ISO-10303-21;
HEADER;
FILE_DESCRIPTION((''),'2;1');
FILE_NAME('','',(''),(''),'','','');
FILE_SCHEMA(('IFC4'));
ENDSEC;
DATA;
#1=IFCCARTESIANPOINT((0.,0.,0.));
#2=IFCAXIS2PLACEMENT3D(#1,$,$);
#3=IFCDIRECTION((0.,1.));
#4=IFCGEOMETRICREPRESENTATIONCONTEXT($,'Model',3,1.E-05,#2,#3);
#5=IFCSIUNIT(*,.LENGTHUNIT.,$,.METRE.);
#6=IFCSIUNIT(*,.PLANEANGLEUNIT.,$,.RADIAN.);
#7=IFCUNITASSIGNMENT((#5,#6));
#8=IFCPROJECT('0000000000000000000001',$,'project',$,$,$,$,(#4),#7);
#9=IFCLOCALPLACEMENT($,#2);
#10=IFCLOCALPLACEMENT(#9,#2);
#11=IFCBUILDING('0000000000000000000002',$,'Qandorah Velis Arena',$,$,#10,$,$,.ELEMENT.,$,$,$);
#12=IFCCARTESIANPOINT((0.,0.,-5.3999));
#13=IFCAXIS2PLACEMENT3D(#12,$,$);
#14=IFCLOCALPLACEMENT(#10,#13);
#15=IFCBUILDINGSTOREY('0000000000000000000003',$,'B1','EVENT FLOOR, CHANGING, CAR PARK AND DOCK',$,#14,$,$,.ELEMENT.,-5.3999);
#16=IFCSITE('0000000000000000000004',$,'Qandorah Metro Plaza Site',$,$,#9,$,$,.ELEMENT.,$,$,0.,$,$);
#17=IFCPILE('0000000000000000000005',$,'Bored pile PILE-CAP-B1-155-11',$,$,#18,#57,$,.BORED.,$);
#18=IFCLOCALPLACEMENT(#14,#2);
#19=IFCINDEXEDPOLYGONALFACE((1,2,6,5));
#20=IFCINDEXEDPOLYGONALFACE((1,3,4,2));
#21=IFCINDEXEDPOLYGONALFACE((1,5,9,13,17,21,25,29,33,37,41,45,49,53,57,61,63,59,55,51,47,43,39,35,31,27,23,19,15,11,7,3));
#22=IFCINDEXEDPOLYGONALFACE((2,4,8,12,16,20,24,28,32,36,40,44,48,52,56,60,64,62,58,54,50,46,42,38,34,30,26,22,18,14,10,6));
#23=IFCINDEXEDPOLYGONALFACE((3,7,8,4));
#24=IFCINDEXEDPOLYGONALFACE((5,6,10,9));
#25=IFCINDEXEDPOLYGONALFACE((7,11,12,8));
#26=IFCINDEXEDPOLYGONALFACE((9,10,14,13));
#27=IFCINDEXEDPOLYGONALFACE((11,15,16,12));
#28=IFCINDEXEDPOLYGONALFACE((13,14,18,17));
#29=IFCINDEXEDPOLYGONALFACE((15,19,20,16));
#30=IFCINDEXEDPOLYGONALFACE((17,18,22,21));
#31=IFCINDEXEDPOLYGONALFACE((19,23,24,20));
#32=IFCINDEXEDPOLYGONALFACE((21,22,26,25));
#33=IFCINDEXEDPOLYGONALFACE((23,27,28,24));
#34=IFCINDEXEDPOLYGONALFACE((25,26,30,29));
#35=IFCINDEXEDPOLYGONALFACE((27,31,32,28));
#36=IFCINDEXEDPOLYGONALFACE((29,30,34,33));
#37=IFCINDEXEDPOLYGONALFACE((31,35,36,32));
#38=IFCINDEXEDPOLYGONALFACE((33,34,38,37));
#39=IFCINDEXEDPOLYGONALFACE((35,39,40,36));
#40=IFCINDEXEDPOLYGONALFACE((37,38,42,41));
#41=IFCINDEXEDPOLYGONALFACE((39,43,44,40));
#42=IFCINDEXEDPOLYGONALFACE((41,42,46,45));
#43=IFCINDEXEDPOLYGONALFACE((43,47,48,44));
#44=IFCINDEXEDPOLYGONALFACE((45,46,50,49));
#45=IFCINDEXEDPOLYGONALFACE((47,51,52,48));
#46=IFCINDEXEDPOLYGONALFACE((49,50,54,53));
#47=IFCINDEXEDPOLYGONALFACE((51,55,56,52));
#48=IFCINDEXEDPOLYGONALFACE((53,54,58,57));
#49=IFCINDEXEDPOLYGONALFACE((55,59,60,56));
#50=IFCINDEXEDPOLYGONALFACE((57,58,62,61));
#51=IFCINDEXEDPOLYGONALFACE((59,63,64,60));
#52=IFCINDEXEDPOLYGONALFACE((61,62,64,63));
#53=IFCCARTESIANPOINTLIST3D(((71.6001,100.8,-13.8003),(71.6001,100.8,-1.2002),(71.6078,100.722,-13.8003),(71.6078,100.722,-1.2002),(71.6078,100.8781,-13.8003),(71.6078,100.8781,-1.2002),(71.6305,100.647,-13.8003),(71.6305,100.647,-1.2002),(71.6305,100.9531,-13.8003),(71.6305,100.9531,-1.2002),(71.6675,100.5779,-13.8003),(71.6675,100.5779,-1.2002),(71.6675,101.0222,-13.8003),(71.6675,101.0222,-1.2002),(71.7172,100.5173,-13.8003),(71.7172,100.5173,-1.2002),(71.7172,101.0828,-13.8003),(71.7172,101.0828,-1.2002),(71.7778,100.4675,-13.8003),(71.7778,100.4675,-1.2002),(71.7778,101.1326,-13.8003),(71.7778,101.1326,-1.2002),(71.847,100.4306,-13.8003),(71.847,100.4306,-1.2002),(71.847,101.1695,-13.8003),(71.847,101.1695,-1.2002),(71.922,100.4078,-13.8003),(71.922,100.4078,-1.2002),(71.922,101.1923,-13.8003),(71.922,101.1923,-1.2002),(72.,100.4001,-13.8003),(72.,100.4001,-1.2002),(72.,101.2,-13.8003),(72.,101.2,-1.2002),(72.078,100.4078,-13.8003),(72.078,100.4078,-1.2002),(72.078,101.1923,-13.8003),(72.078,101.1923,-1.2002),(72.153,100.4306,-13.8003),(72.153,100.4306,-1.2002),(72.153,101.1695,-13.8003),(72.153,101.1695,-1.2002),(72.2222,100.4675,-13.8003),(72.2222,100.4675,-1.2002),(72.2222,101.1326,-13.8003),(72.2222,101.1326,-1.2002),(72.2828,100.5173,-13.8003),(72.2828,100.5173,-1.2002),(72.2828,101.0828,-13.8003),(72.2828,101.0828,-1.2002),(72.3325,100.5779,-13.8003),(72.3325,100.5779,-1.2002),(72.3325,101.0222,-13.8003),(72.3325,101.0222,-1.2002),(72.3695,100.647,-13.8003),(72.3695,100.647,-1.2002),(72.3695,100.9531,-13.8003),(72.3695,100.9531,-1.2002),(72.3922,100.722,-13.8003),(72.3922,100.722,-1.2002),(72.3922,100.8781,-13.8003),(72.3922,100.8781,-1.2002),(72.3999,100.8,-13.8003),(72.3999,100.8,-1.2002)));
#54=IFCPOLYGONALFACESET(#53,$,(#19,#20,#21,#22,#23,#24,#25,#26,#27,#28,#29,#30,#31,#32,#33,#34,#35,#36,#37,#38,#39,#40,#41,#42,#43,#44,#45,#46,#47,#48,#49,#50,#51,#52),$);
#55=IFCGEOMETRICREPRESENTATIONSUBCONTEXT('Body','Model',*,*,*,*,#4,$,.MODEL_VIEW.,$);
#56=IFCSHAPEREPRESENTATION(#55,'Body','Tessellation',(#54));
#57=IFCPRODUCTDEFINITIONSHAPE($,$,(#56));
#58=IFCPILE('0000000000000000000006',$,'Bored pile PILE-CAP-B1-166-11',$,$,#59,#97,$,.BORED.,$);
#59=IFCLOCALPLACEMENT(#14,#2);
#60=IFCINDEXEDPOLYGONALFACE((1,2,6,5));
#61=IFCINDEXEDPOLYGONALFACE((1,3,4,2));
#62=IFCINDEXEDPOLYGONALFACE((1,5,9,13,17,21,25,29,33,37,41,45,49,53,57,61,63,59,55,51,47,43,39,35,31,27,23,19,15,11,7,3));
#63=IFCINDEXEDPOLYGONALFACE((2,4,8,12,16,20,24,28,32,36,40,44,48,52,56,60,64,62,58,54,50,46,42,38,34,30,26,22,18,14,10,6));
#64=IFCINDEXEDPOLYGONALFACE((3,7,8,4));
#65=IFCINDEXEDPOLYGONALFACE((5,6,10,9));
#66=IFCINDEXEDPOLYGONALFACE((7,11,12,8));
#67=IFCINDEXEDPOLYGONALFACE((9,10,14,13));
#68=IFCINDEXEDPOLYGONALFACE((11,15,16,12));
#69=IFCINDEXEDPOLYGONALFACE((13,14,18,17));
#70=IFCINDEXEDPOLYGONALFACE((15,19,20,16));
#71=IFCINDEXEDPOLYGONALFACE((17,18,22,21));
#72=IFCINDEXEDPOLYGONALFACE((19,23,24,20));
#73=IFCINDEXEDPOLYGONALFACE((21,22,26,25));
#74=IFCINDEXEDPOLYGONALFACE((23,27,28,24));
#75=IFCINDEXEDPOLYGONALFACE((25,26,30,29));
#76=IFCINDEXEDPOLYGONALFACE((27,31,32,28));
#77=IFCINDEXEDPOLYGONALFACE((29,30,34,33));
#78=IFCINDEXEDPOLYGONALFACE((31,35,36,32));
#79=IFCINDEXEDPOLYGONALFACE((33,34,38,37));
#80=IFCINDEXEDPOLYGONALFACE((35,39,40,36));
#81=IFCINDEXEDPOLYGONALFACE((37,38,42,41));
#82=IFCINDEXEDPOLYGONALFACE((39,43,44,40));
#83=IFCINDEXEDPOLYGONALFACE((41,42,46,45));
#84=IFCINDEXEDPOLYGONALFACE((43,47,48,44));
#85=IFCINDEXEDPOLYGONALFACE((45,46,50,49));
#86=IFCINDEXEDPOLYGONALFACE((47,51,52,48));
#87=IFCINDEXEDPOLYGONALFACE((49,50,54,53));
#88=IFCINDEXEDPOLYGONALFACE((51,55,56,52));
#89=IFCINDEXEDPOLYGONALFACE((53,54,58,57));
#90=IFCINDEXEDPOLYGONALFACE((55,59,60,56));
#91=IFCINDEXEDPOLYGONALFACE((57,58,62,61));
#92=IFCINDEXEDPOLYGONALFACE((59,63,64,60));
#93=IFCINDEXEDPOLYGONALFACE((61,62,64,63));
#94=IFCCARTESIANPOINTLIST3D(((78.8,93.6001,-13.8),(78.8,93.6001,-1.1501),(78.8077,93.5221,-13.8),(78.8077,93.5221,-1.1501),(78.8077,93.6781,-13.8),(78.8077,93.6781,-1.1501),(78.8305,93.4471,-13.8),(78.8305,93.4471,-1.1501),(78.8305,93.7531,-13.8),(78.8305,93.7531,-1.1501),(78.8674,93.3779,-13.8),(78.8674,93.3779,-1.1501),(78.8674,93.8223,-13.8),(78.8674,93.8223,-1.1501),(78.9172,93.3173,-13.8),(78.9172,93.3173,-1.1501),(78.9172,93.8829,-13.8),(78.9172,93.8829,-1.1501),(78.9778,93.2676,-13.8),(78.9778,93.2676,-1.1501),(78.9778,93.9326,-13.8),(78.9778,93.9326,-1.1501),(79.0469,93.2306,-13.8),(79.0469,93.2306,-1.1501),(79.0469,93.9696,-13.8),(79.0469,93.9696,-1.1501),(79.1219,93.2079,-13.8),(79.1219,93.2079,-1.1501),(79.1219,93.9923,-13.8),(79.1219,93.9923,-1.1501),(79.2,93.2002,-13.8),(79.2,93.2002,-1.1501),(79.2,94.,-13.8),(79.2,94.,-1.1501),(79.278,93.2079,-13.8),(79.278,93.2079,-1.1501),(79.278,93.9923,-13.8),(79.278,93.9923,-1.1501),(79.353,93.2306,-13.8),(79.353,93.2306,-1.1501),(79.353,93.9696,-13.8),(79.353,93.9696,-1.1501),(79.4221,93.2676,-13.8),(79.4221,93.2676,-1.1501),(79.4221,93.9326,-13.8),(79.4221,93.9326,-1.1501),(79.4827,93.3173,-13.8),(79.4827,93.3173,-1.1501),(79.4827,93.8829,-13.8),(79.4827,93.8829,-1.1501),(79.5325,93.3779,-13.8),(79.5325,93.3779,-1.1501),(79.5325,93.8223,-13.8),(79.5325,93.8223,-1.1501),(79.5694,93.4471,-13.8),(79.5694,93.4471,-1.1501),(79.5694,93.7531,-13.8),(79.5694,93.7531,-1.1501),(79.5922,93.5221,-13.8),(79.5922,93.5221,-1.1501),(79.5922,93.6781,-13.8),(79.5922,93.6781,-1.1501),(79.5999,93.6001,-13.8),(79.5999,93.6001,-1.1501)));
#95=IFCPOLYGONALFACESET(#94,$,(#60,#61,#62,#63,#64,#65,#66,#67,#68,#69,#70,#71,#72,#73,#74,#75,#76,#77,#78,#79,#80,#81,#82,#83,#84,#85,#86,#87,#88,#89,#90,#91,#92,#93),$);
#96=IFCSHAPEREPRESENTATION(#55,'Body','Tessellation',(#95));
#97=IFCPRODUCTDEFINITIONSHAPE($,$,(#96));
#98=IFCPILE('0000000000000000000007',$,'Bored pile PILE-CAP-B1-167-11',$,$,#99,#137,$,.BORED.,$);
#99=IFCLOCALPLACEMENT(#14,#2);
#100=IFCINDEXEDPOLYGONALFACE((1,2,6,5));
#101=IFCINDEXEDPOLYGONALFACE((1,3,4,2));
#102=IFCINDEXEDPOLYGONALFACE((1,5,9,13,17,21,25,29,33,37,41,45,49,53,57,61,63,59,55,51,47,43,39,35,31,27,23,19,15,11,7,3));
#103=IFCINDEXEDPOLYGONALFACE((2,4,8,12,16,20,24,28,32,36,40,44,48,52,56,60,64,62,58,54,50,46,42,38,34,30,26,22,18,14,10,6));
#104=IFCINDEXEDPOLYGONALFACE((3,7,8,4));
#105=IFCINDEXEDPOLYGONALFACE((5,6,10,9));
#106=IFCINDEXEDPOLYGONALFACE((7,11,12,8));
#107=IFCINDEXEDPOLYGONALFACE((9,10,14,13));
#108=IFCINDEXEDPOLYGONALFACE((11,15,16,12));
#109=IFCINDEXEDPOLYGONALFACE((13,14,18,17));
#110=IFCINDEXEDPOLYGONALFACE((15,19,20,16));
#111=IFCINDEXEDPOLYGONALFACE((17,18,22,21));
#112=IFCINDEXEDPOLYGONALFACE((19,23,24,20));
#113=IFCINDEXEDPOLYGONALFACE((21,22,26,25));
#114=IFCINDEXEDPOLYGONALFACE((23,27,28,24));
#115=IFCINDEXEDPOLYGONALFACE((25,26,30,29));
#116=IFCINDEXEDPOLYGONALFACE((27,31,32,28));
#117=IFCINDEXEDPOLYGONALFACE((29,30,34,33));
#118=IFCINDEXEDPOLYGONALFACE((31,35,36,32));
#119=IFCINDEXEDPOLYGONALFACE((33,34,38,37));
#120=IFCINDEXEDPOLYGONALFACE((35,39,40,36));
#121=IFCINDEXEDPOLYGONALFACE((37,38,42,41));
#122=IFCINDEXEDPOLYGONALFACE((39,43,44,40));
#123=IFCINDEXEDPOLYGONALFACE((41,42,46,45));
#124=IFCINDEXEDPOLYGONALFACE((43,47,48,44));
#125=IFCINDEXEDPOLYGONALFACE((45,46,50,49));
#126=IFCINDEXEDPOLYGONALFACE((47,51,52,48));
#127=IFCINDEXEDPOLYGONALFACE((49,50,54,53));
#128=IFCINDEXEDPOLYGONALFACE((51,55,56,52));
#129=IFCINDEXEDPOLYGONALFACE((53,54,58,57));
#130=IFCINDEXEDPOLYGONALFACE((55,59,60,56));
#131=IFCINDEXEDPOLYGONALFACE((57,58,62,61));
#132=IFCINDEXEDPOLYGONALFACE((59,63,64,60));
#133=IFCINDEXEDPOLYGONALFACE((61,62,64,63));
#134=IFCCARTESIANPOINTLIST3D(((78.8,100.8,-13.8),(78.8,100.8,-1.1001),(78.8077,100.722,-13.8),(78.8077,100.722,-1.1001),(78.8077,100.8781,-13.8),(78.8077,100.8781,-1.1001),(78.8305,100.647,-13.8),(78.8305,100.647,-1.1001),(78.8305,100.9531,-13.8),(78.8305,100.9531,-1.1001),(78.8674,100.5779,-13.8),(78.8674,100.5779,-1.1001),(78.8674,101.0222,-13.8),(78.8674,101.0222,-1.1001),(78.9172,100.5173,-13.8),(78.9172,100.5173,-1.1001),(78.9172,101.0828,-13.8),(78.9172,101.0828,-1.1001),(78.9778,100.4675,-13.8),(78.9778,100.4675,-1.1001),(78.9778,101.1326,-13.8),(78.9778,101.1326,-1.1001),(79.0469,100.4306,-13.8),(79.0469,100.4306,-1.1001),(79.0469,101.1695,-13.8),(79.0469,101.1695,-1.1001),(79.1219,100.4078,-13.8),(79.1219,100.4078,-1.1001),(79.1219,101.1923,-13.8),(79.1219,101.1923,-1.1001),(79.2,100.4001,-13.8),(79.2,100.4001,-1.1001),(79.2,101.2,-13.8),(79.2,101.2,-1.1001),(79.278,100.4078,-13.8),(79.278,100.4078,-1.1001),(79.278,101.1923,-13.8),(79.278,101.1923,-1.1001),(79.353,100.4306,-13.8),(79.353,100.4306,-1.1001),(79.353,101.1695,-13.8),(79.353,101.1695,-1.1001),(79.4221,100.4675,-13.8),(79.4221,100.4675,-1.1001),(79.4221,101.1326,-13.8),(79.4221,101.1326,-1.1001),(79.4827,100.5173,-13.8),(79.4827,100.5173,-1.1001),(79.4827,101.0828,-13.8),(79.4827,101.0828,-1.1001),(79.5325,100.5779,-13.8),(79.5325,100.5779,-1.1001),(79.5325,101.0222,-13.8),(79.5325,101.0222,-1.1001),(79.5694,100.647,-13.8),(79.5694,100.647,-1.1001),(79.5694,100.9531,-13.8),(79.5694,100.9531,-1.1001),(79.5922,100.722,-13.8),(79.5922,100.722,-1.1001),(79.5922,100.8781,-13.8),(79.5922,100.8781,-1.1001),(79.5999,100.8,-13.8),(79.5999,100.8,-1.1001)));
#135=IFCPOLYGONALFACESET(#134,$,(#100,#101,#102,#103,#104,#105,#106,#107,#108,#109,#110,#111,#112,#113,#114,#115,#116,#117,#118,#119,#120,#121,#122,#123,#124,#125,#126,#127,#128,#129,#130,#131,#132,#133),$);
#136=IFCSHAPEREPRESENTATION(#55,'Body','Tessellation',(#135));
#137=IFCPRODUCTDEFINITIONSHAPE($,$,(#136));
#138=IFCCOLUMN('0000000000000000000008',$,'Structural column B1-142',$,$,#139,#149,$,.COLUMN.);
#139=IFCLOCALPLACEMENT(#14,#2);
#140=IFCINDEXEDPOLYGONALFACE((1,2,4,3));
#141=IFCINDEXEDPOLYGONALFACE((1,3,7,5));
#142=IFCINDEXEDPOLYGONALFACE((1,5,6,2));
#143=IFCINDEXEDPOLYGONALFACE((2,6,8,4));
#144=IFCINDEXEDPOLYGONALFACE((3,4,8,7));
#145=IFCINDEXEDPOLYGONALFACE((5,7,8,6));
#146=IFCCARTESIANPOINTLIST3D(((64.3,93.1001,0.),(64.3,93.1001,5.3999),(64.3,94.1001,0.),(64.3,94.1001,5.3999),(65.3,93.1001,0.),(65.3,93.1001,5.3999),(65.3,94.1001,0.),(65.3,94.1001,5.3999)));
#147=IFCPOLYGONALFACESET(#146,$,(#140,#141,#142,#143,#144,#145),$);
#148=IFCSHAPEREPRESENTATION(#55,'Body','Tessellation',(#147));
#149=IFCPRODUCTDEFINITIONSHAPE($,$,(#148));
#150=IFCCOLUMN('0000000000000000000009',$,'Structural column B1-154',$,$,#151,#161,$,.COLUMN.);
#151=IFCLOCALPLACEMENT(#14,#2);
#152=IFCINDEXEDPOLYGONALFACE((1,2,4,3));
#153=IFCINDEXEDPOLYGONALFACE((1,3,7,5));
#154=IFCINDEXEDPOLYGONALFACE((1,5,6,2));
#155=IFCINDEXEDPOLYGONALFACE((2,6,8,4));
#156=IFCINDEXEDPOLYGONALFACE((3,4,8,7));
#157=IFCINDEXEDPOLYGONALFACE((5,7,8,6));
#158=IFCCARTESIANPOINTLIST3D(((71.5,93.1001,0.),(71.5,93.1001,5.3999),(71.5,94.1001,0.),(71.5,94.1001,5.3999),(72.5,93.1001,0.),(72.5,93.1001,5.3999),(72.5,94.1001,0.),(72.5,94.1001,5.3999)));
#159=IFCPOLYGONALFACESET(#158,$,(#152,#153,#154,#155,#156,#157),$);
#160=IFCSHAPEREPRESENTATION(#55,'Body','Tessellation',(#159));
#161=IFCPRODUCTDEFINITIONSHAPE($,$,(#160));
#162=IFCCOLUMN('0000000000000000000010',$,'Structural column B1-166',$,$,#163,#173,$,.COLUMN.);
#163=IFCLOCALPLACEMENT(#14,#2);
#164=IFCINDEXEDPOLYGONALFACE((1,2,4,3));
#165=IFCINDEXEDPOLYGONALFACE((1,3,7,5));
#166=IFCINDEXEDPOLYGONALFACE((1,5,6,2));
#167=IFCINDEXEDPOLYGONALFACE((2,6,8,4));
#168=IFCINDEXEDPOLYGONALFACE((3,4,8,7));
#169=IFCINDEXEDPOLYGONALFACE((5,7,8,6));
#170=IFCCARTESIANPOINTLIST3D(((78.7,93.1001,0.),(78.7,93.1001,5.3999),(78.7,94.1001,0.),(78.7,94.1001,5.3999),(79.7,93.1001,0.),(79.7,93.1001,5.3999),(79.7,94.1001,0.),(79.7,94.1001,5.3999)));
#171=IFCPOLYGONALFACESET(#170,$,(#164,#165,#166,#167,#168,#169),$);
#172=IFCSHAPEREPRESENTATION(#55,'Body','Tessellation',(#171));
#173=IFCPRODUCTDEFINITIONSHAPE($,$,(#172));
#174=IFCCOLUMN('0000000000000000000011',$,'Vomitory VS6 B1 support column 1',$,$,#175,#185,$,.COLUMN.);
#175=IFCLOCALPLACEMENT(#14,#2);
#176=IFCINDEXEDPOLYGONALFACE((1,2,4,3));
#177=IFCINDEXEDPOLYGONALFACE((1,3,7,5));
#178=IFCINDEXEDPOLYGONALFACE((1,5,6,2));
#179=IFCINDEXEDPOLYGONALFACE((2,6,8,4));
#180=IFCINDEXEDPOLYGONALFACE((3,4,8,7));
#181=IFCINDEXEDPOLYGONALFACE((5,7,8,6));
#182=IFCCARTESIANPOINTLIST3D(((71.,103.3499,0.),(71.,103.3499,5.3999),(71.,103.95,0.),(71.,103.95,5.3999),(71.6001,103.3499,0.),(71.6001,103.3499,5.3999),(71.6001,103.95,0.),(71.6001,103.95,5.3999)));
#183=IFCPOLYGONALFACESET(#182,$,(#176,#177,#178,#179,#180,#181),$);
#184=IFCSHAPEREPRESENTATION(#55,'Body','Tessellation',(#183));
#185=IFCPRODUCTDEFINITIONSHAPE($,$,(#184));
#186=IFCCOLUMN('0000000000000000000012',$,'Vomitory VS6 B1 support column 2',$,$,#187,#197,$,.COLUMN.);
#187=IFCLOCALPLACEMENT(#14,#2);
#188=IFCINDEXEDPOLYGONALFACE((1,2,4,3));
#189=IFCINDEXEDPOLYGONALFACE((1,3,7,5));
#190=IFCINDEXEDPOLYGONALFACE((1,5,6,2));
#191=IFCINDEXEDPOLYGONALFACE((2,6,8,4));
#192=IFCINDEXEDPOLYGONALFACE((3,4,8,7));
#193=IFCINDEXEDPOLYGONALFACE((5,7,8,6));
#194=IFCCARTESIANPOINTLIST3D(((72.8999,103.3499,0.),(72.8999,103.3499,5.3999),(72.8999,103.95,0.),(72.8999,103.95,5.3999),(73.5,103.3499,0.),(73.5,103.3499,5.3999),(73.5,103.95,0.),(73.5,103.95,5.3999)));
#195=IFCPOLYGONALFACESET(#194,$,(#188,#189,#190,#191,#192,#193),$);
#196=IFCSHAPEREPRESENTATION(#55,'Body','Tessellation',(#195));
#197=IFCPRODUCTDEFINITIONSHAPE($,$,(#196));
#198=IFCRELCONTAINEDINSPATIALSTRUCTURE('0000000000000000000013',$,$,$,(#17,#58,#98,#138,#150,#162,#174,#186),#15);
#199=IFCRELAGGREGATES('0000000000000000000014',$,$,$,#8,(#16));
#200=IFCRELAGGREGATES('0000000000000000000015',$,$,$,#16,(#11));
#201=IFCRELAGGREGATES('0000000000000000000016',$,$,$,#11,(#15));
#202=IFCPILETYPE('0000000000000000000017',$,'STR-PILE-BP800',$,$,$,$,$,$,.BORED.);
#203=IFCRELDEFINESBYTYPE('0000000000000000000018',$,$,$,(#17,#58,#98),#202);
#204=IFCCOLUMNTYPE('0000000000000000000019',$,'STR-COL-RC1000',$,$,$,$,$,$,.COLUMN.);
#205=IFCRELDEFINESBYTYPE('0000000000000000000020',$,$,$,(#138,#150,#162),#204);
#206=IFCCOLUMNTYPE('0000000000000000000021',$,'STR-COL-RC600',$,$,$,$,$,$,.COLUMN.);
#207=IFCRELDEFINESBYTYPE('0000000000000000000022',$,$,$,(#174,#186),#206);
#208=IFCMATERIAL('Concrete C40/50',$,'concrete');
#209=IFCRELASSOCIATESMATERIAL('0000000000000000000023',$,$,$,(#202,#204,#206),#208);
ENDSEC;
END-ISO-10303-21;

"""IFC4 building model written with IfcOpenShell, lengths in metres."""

from ifc_helpers import new_model, si_unit, direction, frame, origin, origin_2d, place, context, subcontext, project, spatial, rectangle, circle, extrude, material, material_profile, profile_set, type_object, element, save


model = new_model("IFC4")

# Units and contexts
model_context = context("Model", 3, precision=1e-05, world=origin(), true_north=direction((0.0, 1.0)))
body_context = subcontext(model_context, "Body", "Model", "MODEL_VIEW")
ifc_project = project(units=[si_unit("LENGTHUNIT", "METRE"), si_unit("PLANEANGLEUNIT", "RADIAN")], contexts=[model_context])

# Site, building, storey
site_placement = place(None, origin())
site = spatial("IfcSite", under=ifc_project, at=site_placement, Name="Qandorah Metro Plaza Site", CompositionType="ELEMENT", RefElevation=0.0)
building_placement = place(site_placement, origin())
building = spatial("IfcBuilding", under=site, at=building_placement, Name="Qandorah Velis Arena", CompositionType="ELEMENT")
storey_placement = place(building_placement, frame((0.0, 0.0, -5.3999)))
storey = spatial("IfcBuildingStorey", under=building, at=storey_placement, Name="B1", Description="EVENT FLOOR, CHANGING, CAR PARK AND DOCK", CompositionType="ELEMENT", Elevation=-5.3999)

# Shared definitions
ifc_material_1 = material(Name="Concrete C40/50", Category="concrete")

# Piles
ifc_material_profile_1 = material_profile(ifc_material_1, circle(Radius=0.3999, at=origin_2d()), Name="BORED PILE D800")
ifc_profile_set_1 = profile_set([ifc_material_profile_1], Name="Concrete C40/50")
pile_type_1 = type_object("IfcPileType", Name="STR-PILE-BP800", PredefinedType="BORED", material=ifc_profile_set_1)
pile_1_placement = place(storey_placement, frame((72.0, 100.8, -1.2002), z_axis=(0.0, 0.0, -1.0), x_axis=(1.0, 0.0, 0.0)))
element("IfcPile", 1, at=pile_1_placement, inside=storey, type_object=pile_type_1, Name="Bored pile PILE-CAP-B1-155-11", PredefinedType="BORED", context=body_context, shape_type="SweptSolid", body=[
    extrude(circle(Radius=0.3999, at=origin_2d()), origin(), (0.0, 0.0, 1.0), 12.6001),
])
pile_2_placement = place(storey_placement, frame((79.2, 93.6001, -1.1501), z_axis=(0.0, 0.0, -1.0), x_axis=(1.0, 0.0, 0.0)))
element("IfcPile", 2, at=pile_2_placement, inside=storey, type_object=pile_type_1, Name="Bored pile PILE-CAP-B1-166-11", PredefinedType="BORED", context=body_context, shape_type="SweptSolid", body=[
    extrude(circle(Radius=0.3999, at=origin_2d()), origin(), (0.0, 0.0, 1.0), 12.6499),
])
pile_3_placement = place(storey_placement, frame((79.2, 100.8, -1.1001), z_axis=(0.0, 0.0, -1.0), x_axis=(1.0, 0.0, 0.0)))
element("IfcPile", 3, at=pile_3_placement, inside=storey, type_object=pile_type_1, Name="Bored pile PILE-CAP-B1-167-11", PredefinedType="BORED", context=body_context, shape_type="SweptSolid", body=[
    extrude(circle(Radius=0.3999, at=origin_2d()), origin(), (0.0, 0.0, 1.0), 12.7),
])

# Columns
ifc_material_profile_2 = material_profile(ifc_material_1, rectangle(XDim=1.0, YDim=1.0, at=origin_2d()), Name="RC COL 1000x1000")
ifc_profile_set_2 = profile_set([ifc_material_profile_2], Name="Concrete C40/50")
column_type_1 = type_object("IfcColumnType", Name="STR-COL-RC1000", PredefinedType="COLUMN", material=ifc_profile_set_2)
for number, where, z_axis, x_axis, name in (
    (4, (64.8, 93.6001, 0.0), (0.0, 0.0, 1.0), (1.0, 0.0, 0.0), "Structural column B1-142"),
    (5, (72.0, 93.6001, 0.0), (0.0, 0.0, 1.0), (1.0, 0.0, 0.0), "Structural column B1-154"),
    (6, (79.2, 93.6001, 0.0), (0.0, 0.0, 1.0), (1.0, 0.0, 0.0), "Structural column B1-166"),
):
    element("IfcColumn", number, at=place(storey_placement, frame(where, z_axis=z_axis, x_axis=x_axis)), inside=storey, type_object=column_type_1, Name=name, PredefinedType="COLUMN", context=body_context, shape_type="SweptSolid", body=[
        extrude(rectangle(XDim=1.0, YDim=1.0, at=origin_2d()), origin(), (0.0, 0.0, 1.0), 5.3999),
    ])
ifc_material_profile_3 = material_profile(ifc_material_1, rectangle(XDim=0.6001, YDim=0.6001, at=origin_2d()), Name="RC COL 600x600")
ifc_profile_set_3 = profile_set([ifc_material_profile_3], Name="Concrete C40/50")
column_type_2 = type_object("IfcColumnType", Name="STR-COL-RC600", PredefinedType="COLUMN", material=ifc_profile_set_3)
for number, where, z_axis, x_axis, name in (
    (7, (71.3, 103.6499, 0.0), (0.0, 0.0, 1.0), (1.0, 0.0, 0.0), "Vomitory VS6 B1 support column 1"),
    (8, (73.2, 103.6499, 0.0), (0.0, 0.0, 1.0), (1.0, 0.0, 0.0), "Vomitory VS6 B1 support column 2"),
):
    element("IfcColumn", number, at=place(storey_placement, frame(where, z_axis=z_axis, x_axis=x_axis)), inside=storey, type_object=column_type_2, Name=name, PredefinedType="COLUMN", context=body_context, shape_type="SweptSolid", body=[
        extrude(rectangle(XDim=0.6001, YDim=0.6001, at=origin_2d()), origin(), (0.0, 0.0, 1.0), 5.3999),
    ])

save(model, "model.ifc")
